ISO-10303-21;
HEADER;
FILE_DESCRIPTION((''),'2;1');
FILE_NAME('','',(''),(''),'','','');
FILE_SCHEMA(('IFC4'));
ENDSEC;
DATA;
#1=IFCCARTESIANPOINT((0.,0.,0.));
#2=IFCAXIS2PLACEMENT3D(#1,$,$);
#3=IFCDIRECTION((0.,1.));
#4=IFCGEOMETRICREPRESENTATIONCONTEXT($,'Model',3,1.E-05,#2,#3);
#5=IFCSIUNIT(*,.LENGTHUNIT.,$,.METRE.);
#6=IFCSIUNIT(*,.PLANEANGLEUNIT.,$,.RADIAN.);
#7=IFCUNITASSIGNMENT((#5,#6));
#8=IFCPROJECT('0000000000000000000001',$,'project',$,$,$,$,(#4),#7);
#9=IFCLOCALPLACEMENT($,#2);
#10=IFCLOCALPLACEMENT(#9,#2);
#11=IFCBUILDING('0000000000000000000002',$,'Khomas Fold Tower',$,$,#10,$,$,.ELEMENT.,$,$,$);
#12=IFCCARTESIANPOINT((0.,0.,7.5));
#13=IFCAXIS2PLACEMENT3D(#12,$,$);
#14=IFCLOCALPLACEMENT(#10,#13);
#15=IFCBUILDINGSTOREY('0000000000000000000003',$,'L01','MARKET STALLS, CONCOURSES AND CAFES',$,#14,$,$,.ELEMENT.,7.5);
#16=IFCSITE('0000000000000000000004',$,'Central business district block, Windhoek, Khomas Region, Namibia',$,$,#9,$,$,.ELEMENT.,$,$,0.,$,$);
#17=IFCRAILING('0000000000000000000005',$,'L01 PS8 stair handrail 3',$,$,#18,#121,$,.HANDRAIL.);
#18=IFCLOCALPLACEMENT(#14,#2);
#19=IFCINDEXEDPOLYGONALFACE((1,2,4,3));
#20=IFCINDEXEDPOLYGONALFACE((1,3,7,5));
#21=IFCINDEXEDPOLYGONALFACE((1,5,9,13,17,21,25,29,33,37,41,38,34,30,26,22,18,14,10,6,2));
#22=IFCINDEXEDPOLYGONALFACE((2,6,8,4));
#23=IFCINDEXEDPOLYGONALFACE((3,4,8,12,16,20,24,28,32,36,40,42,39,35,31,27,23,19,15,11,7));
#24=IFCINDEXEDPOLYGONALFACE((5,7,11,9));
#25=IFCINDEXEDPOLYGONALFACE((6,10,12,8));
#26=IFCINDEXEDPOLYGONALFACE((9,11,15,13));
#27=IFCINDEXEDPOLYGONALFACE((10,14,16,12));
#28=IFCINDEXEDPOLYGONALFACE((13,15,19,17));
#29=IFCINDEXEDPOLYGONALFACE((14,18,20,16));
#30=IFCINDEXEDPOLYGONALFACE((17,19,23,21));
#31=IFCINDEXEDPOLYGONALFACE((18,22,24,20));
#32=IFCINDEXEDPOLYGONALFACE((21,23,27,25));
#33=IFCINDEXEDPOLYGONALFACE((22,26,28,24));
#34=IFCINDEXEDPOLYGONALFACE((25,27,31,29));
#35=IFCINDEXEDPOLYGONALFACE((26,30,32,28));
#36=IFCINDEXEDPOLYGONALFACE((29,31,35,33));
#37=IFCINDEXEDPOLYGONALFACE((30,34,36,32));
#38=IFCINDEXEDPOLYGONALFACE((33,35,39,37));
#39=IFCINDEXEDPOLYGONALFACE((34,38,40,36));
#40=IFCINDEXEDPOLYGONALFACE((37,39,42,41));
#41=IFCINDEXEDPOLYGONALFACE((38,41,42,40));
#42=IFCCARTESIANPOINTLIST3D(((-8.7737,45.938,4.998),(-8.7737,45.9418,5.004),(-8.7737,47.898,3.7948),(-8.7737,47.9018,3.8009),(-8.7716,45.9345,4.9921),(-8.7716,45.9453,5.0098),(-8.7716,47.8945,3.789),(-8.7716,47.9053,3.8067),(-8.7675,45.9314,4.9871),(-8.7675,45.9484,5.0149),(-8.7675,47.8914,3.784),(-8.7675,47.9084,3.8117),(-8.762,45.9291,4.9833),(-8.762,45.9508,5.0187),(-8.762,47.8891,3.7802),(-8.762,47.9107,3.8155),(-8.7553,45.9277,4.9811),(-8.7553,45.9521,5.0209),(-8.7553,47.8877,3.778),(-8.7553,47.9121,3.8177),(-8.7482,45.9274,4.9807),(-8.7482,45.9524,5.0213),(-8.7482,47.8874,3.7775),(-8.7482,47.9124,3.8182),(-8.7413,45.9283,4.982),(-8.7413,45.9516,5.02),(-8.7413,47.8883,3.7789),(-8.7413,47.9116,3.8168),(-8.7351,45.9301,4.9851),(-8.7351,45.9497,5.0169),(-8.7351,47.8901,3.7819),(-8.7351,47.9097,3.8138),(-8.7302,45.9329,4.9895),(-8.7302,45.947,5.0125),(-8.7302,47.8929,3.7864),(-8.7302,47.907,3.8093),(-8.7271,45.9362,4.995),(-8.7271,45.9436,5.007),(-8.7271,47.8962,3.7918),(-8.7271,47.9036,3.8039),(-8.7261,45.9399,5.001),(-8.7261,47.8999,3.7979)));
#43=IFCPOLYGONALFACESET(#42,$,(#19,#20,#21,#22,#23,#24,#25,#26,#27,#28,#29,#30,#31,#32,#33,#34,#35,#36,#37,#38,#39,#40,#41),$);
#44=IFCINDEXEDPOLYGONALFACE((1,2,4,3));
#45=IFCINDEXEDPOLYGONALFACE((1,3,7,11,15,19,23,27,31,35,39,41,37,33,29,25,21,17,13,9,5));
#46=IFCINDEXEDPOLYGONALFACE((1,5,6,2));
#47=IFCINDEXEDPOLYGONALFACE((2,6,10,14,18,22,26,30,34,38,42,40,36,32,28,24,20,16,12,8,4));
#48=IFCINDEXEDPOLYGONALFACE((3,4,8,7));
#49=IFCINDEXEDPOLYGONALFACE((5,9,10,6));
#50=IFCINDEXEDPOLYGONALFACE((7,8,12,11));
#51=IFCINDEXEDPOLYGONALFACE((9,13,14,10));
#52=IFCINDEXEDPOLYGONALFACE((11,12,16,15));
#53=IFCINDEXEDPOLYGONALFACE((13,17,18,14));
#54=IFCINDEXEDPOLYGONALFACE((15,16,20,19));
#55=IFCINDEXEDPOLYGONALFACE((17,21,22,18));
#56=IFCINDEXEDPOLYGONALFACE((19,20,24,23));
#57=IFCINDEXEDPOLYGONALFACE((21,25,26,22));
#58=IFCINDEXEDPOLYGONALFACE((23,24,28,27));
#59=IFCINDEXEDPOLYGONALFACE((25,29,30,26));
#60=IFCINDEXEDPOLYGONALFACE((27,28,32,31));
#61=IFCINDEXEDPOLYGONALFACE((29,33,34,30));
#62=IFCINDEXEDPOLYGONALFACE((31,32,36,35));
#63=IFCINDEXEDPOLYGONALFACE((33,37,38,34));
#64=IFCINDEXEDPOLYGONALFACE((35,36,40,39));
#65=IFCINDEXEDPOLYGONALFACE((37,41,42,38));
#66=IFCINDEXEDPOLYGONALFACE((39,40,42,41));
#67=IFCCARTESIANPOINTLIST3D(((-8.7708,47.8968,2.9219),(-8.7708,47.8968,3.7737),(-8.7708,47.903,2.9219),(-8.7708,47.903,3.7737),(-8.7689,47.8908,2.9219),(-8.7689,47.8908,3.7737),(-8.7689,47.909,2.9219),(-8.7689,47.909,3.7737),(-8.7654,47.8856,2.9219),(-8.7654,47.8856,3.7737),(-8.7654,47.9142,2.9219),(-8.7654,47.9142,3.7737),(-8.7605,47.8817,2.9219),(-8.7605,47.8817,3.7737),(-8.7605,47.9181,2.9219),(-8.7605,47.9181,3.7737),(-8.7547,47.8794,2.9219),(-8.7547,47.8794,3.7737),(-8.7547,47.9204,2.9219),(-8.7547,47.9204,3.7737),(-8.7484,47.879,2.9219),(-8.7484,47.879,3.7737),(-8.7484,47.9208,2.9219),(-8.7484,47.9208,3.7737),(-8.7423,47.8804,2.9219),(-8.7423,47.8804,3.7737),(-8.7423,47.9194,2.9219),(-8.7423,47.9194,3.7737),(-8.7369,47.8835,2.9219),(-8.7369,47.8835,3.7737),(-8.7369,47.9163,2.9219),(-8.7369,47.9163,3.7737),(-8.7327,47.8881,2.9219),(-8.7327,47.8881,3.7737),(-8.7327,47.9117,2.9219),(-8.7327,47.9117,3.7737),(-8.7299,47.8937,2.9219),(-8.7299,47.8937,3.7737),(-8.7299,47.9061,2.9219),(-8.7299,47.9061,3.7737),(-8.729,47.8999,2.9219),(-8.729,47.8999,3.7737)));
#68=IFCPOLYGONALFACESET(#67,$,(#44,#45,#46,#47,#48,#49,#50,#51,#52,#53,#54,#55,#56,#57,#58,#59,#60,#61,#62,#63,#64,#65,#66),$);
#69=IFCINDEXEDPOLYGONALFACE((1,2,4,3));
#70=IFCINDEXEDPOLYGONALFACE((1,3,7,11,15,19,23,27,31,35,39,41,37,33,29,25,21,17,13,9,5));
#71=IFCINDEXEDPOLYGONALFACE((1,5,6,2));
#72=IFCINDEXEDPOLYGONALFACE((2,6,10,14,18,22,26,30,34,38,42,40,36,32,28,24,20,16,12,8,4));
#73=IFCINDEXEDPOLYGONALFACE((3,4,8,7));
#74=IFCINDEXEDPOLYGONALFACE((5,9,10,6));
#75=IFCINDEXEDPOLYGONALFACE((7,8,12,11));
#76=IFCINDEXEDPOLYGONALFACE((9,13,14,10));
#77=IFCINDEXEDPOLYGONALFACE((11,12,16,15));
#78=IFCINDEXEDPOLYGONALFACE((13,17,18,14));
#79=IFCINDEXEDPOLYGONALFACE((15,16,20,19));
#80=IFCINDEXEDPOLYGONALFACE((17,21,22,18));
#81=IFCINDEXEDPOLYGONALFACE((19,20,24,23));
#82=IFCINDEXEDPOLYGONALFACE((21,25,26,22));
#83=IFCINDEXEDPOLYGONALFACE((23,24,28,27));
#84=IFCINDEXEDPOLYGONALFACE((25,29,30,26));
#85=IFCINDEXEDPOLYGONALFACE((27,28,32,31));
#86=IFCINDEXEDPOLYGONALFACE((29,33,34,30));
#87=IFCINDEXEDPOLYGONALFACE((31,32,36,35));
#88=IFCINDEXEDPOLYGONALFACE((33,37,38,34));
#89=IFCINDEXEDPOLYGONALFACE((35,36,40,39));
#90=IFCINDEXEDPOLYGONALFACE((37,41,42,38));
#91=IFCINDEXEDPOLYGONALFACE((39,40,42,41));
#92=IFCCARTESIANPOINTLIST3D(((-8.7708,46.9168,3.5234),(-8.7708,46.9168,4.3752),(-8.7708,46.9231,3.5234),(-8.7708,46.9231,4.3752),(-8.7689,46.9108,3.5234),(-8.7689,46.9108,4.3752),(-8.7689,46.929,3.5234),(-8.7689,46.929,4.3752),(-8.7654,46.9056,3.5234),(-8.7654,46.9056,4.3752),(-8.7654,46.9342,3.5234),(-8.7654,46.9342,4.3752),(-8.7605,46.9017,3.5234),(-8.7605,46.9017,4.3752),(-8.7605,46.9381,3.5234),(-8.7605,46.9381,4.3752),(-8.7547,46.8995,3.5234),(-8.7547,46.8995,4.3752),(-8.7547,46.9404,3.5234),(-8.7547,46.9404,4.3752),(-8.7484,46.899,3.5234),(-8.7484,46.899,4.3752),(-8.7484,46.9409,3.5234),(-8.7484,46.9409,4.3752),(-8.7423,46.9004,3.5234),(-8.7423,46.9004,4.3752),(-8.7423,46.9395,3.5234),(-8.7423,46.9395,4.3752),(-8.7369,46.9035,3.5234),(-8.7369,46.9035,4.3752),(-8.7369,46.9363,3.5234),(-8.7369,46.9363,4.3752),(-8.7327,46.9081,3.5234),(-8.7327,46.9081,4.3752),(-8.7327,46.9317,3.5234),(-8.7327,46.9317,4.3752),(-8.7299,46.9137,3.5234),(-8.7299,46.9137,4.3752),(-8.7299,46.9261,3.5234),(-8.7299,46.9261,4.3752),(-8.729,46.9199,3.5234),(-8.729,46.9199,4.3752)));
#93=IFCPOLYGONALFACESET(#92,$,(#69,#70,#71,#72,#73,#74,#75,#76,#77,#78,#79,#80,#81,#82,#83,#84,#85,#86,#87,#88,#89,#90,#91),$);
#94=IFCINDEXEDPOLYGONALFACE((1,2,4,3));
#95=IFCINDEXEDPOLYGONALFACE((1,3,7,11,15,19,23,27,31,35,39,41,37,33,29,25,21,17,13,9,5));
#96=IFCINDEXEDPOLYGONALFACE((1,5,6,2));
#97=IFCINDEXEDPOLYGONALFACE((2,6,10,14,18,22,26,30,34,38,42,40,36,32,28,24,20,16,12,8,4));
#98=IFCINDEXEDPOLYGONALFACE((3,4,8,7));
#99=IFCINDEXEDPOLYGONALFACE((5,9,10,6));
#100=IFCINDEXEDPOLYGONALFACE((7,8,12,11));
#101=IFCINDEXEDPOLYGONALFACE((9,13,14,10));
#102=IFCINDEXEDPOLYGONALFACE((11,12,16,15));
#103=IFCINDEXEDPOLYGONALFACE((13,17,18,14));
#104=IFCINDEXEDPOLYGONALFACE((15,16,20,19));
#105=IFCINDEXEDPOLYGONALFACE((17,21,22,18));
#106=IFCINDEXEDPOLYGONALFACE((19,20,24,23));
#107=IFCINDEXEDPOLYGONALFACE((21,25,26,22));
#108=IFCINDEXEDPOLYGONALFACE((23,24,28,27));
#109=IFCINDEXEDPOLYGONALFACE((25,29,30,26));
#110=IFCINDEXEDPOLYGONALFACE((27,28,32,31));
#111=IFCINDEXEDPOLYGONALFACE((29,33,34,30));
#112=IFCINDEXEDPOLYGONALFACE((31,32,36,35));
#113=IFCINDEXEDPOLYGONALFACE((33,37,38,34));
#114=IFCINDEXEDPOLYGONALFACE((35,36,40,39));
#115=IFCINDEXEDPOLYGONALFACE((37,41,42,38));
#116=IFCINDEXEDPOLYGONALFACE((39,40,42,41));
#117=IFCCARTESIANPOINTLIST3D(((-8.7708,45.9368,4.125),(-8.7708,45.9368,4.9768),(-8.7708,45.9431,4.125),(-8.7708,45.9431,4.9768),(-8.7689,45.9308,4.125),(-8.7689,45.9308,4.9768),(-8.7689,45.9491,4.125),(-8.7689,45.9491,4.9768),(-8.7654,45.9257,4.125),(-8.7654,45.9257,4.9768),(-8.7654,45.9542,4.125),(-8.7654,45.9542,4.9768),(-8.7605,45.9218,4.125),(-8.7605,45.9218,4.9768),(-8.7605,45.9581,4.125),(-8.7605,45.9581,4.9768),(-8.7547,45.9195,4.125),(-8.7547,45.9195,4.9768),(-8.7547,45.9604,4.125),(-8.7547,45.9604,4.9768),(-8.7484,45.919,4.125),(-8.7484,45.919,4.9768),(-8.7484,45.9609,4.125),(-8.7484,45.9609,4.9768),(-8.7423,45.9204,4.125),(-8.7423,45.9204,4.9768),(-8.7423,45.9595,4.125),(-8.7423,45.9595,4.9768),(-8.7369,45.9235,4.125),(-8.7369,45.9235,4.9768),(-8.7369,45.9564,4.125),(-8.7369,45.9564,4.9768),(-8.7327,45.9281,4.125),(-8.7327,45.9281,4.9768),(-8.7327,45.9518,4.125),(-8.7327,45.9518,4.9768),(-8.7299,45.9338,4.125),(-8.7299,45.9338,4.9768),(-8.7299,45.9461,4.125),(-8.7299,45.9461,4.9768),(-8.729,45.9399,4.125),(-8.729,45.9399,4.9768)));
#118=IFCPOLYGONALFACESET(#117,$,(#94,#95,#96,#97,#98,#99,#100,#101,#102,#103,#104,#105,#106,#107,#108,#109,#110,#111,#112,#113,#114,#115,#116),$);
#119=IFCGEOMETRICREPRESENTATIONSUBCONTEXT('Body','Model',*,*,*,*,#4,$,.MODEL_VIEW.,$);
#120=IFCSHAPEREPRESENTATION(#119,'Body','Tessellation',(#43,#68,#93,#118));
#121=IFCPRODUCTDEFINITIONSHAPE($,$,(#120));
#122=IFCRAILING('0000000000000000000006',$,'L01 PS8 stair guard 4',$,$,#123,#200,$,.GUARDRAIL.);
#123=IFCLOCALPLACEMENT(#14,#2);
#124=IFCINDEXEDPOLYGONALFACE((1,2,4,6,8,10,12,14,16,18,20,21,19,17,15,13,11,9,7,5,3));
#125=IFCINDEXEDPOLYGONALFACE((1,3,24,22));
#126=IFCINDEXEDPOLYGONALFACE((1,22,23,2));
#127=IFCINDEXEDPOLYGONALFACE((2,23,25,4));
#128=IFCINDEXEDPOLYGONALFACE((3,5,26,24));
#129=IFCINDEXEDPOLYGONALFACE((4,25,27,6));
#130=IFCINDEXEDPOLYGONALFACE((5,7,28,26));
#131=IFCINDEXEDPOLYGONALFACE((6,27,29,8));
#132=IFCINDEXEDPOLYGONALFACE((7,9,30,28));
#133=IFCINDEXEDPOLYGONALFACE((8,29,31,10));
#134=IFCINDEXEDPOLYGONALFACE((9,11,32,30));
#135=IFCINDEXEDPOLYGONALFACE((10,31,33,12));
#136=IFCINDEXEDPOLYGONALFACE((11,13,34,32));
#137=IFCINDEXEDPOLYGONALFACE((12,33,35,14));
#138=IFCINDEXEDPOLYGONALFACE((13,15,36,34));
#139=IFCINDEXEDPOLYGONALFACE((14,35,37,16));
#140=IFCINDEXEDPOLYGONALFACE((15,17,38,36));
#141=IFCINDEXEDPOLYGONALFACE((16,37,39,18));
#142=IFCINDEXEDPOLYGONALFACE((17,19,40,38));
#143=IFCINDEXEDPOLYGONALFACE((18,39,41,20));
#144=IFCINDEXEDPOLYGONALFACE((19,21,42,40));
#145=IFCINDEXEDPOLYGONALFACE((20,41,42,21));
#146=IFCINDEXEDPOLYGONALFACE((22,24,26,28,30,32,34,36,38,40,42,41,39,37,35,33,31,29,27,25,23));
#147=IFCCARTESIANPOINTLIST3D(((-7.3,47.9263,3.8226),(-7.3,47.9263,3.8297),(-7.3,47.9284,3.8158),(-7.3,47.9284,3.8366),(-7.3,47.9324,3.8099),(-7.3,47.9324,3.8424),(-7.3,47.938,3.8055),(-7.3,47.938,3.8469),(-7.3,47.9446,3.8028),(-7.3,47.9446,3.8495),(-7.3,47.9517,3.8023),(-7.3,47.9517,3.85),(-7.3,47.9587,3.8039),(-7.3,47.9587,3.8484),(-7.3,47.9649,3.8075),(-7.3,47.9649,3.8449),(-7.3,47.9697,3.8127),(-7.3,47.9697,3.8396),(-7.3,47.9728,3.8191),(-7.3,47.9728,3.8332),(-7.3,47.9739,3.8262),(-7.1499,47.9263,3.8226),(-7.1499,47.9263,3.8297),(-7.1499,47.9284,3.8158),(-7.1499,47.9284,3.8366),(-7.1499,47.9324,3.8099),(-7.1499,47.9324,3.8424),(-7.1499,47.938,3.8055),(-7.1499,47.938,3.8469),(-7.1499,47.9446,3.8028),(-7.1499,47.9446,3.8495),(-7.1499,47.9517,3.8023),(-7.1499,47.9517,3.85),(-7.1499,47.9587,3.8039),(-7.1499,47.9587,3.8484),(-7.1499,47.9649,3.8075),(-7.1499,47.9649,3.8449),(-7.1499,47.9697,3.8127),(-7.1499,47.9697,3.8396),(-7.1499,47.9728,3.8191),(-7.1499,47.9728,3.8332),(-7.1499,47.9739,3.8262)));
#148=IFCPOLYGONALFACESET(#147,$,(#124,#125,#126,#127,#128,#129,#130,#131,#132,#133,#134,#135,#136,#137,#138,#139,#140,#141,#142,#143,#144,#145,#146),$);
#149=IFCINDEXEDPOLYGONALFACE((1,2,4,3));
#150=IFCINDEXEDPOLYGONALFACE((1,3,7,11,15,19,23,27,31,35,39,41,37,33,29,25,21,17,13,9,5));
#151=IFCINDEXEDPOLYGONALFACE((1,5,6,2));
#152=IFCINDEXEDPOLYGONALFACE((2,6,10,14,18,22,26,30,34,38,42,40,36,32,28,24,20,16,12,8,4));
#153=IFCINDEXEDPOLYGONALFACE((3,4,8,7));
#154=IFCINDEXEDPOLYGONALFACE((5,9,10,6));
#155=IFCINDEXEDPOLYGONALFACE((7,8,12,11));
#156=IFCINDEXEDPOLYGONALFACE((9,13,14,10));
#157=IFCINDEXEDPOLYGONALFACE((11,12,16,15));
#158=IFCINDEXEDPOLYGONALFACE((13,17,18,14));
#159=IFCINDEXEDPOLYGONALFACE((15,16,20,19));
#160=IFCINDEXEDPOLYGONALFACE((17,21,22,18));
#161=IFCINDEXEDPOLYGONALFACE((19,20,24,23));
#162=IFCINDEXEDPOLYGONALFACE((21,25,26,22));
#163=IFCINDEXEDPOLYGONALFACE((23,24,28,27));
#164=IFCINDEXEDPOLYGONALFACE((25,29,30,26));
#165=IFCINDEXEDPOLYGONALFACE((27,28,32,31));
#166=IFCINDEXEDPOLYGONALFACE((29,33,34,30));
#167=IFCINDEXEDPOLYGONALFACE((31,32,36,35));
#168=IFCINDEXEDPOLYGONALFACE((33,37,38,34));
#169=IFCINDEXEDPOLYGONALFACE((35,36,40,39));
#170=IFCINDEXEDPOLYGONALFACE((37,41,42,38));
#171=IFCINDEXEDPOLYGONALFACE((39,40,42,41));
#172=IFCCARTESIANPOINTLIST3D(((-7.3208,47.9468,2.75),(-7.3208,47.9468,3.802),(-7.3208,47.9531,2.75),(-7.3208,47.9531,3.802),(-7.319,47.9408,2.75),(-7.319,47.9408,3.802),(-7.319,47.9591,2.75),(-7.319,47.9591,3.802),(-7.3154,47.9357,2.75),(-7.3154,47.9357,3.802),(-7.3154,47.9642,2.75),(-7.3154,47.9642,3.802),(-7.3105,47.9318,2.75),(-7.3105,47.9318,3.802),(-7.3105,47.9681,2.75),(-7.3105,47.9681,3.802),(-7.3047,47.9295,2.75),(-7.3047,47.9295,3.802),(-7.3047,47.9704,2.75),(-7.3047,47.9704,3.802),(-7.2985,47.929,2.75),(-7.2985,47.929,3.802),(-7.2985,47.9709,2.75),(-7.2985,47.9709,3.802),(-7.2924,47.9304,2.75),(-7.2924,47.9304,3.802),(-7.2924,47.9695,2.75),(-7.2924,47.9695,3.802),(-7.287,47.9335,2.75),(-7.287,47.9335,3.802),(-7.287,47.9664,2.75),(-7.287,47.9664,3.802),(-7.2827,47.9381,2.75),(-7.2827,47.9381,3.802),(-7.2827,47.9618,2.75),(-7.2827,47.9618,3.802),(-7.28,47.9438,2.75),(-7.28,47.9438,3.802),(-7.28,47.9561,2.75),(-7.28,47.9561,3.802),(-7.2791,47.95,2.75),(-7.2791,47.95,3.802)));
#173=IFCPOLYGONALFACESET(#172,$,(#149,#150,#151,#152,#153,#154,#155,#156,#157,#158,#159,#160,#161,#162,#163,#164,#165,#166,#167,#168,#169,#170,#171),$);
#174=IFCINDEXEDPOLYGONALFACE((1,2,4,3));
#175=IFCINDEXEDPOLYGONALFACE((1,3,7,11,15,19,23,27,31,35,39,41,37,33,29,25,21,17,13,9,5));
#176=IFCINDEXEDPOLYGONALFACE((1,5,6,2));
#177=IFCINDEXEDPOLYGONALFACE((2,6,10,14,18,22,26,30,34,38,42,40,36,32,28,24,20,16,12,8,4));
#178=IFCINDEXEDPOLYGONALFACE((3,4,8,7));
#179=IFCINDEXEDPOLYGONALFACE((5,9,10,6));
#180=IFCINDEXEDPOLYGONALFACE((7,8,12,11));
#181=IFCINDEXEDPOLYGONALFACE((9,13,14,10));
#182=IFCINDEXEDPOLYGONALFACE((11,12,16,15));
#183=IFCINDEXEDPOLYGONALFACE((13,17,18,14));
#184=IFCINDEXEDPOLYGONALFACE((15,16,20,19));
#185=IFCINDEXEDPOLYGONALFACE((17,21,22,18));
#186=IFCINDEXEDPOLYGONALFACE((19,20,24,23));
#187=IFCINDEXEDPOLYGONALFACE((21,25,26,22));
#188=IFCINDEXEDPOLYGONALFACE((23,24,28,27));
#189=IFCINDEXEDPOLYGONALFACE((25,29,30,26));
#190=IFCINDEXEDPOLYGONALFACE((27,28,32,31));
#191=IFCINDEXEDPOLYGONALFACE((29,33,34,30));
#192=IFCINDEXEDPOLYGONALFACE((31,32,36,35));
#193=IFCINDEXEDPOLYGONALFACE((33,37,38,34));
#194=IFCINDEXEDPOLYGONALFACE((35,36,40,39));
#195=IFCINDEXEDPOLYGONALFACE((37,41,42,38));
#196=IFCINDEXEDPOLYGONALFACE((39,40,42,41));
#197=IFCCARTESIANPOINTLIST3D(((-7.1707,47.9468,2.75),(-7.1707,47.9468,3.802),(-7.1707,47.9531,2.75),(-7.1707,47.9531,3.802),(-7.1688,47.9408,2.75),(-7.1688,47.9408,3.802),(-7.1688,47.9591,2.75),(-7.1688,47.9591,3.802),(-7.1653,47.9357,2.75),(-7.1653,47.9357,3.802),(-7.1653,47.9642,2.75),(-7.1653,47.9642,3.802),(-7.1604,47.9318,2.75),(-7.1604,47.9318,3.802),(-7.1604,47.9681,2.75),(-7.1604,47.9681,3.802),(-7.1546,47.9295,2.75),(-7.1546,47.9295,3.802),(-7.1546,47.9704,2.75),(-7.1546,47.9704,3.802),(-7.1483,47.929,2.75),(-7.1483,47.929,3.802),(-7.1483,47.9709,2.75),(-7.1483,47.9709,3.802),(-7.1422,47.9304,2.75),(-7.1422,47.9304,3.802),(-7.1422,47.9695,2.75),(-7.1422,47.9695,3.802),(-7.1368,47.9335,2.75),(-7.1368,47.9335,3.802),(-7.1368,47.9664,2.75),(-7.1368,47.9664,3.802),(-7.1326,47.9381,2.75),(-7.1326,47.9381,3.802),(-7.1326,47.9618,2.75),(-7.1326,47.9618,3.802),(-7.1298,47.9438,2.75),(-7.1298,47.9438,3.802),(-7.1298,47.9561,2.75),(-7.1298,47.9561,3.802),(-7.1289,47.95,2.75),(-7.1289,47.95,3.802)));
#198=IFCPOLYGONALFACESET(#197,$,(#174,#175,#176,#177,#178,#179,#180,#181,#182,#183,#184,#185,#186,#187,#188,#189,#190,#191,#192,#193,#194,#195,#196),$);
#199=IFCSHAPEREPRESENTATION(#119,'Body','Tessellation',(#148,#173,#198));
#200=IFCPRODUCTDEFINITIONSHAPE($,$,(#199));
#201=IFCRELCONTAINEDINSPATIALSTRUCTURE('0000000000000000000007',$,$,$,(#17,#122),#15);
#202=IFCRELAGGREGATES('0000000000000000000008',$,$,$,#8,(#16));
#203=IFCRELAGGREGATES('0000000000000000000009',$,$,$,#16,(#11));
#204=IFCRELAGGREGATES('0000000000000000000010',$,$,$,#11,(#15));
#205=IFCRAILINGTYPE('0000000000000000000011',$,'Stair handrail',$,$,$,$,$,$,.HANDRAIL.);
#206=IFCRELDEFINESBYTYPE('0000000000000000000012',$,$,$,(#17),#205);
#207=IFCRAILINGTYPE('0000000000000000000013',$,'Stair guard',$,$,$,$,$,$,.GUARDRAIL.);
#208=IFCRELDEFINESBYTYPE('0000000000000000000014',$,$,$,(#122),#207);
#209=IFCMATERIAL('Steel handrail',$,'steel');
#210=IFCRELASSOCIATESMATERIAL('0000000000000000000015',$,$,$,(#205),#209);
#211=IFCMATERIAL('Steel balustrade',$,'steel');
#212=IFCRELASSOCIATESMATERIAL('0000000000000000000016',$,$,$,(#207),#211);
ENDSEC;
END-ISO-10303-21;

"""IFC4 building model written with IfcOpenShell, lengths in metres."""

from ifc_helpers import new_model, si_unit, direction, frame, origin, origin_2d, place, context, subcontext, project, spatial, circle, extrude, source, transform, mapped, material, type_object, element, save


model = new_model("IFC4")

# Units and contexts
model_context = context("Model", 3, precision=1e-05, world=origin(), true_north=direction((0.0, 1.0)))
body_context = subcontext(model_context, "Body", "Model", "MODEL_VIEW")
ifc_project = project(units=[si_unit("LENGTHUNIT", "METRE"), si_unit("PLANEANGLEUNIT", "RADIAN")], contexts=[model_context])

# Site, building, storey
site_placement = place(None, origin())
site = spatial("IfcSite", under=ifc_project, at=site_placement, Name="Central business district block, Windhoek, Khomas Region, Namibia", CompositionType="ELEMENT", RefElevation=0.0)
building_placement = place(site_placement, origin())
building = spatial("IfcBuilding", under=site, at=building_placement, Name="Khomas Fold Tower", CompositionType="ELEMENT")
storey_placement = place(building_placement, frame((0.0, 0.0, 7.5)))
storey = spatial("IfcBuildingStorey", under=building, at=storey_placement, Name="L01", Description="MARKET STALLS, CONCOURSES AND CAFES", CompositionType="ELEMENT", Elevation=7.5)

# Railings
ifc_material_1 = material(Name="Steel handrail", Category="steel")
railing_type_1 = type_object("IfcRailingType", Name="Stair handrail", PredefinedType="HANDRAIL", material=ifc_material_1)
ifc_material_2 = material(Name="Steel balustrade", Category="steel")
railing_type_2 = type_object("IfcRailingType", Name="Stair guard", PredefinedType="GUARDRAIL", material=ifc_material_2)
shared_shape_1 = source(origin(), body_context, "Body", "SweptSolid", [
    extrude(circle(Radius=0.0239, at=origin_2d()), frame((0.0, 0.0, 0.876), z_axis=(0.0, -0.852241, 0.523149), x_axis=(1.0, 0.0, 0.0)), (0.0, 0.0, 1.0), 2.2998),
    extrude(circle(Radius=0.021, at=origin_2d()), origin(), (0.0, 0.0, 1.0), 0.8518),
    extrude(circle(Radius=0.021, at=origin_2d()), frame((0.0, -0.98, 0.6016)), (0.0, 0.0, 1.0), 0.8518),
    extrude(circle(Radius=0.021, at=origin_2d()), frame((0.0, -1.96, 1.2031)), (0.0, 0.0, 1.0), 0.8518),
])
for number, where, name in (
    (1, (-8.75, 47.8999, 2.9219), "L01 PS8 stair handrail 3"),
):
    element("IfcRailing", number, at=place(storey_placement, frame(where)), inside=storey, type_object=railing_type_1, Name=name, PredefinedType="HANDRAIL", context=body_context, shape_type="MappedRepresentation", body=[
        mapped(shared_shape_1, transform((0.0, 0.0, 0.0))),
    ])
shared_shape_2 = source(origin(), body_context, "Body", "SweptSolid", [
    extrude(circle(Radius=0.0239, at=origin_2d()), frame((0.0, 0.0, 1.0762), z_axis=(1.0, 0.0, 0.0), x_axis=(0.0, 1.0, 0.0)), (0.0, 0.0, 1.0), 0.1501),
    extrude(circle(Radius=0.021, at=origin_2d()), origin(), (0.0, 0.0, 1.0), 1.052),
    extrude(circle(Radius=0.021, at=origin_2d()), frame((0.1501, 0.0, 0.0)), (0.0, 0.0, 1.0), 1.052),
])
for number, where, name in (
    (2, (-7.3, 47.95, 2.75), "L01 PS8 stair guard 4"),
):
    element("IfcRailing", number, at=place(storey_placement, frame(where)), inside=storey, type_object=railing_type_2, Name=name, PredefinedType="GUARDRAIL", context=body_context, shape_type="MappedRepresentation", body=[
        mapped(shared_shape_2, transform((0.0, 0.0, 0.0))),
    ])

save(model, "model.ifc")
